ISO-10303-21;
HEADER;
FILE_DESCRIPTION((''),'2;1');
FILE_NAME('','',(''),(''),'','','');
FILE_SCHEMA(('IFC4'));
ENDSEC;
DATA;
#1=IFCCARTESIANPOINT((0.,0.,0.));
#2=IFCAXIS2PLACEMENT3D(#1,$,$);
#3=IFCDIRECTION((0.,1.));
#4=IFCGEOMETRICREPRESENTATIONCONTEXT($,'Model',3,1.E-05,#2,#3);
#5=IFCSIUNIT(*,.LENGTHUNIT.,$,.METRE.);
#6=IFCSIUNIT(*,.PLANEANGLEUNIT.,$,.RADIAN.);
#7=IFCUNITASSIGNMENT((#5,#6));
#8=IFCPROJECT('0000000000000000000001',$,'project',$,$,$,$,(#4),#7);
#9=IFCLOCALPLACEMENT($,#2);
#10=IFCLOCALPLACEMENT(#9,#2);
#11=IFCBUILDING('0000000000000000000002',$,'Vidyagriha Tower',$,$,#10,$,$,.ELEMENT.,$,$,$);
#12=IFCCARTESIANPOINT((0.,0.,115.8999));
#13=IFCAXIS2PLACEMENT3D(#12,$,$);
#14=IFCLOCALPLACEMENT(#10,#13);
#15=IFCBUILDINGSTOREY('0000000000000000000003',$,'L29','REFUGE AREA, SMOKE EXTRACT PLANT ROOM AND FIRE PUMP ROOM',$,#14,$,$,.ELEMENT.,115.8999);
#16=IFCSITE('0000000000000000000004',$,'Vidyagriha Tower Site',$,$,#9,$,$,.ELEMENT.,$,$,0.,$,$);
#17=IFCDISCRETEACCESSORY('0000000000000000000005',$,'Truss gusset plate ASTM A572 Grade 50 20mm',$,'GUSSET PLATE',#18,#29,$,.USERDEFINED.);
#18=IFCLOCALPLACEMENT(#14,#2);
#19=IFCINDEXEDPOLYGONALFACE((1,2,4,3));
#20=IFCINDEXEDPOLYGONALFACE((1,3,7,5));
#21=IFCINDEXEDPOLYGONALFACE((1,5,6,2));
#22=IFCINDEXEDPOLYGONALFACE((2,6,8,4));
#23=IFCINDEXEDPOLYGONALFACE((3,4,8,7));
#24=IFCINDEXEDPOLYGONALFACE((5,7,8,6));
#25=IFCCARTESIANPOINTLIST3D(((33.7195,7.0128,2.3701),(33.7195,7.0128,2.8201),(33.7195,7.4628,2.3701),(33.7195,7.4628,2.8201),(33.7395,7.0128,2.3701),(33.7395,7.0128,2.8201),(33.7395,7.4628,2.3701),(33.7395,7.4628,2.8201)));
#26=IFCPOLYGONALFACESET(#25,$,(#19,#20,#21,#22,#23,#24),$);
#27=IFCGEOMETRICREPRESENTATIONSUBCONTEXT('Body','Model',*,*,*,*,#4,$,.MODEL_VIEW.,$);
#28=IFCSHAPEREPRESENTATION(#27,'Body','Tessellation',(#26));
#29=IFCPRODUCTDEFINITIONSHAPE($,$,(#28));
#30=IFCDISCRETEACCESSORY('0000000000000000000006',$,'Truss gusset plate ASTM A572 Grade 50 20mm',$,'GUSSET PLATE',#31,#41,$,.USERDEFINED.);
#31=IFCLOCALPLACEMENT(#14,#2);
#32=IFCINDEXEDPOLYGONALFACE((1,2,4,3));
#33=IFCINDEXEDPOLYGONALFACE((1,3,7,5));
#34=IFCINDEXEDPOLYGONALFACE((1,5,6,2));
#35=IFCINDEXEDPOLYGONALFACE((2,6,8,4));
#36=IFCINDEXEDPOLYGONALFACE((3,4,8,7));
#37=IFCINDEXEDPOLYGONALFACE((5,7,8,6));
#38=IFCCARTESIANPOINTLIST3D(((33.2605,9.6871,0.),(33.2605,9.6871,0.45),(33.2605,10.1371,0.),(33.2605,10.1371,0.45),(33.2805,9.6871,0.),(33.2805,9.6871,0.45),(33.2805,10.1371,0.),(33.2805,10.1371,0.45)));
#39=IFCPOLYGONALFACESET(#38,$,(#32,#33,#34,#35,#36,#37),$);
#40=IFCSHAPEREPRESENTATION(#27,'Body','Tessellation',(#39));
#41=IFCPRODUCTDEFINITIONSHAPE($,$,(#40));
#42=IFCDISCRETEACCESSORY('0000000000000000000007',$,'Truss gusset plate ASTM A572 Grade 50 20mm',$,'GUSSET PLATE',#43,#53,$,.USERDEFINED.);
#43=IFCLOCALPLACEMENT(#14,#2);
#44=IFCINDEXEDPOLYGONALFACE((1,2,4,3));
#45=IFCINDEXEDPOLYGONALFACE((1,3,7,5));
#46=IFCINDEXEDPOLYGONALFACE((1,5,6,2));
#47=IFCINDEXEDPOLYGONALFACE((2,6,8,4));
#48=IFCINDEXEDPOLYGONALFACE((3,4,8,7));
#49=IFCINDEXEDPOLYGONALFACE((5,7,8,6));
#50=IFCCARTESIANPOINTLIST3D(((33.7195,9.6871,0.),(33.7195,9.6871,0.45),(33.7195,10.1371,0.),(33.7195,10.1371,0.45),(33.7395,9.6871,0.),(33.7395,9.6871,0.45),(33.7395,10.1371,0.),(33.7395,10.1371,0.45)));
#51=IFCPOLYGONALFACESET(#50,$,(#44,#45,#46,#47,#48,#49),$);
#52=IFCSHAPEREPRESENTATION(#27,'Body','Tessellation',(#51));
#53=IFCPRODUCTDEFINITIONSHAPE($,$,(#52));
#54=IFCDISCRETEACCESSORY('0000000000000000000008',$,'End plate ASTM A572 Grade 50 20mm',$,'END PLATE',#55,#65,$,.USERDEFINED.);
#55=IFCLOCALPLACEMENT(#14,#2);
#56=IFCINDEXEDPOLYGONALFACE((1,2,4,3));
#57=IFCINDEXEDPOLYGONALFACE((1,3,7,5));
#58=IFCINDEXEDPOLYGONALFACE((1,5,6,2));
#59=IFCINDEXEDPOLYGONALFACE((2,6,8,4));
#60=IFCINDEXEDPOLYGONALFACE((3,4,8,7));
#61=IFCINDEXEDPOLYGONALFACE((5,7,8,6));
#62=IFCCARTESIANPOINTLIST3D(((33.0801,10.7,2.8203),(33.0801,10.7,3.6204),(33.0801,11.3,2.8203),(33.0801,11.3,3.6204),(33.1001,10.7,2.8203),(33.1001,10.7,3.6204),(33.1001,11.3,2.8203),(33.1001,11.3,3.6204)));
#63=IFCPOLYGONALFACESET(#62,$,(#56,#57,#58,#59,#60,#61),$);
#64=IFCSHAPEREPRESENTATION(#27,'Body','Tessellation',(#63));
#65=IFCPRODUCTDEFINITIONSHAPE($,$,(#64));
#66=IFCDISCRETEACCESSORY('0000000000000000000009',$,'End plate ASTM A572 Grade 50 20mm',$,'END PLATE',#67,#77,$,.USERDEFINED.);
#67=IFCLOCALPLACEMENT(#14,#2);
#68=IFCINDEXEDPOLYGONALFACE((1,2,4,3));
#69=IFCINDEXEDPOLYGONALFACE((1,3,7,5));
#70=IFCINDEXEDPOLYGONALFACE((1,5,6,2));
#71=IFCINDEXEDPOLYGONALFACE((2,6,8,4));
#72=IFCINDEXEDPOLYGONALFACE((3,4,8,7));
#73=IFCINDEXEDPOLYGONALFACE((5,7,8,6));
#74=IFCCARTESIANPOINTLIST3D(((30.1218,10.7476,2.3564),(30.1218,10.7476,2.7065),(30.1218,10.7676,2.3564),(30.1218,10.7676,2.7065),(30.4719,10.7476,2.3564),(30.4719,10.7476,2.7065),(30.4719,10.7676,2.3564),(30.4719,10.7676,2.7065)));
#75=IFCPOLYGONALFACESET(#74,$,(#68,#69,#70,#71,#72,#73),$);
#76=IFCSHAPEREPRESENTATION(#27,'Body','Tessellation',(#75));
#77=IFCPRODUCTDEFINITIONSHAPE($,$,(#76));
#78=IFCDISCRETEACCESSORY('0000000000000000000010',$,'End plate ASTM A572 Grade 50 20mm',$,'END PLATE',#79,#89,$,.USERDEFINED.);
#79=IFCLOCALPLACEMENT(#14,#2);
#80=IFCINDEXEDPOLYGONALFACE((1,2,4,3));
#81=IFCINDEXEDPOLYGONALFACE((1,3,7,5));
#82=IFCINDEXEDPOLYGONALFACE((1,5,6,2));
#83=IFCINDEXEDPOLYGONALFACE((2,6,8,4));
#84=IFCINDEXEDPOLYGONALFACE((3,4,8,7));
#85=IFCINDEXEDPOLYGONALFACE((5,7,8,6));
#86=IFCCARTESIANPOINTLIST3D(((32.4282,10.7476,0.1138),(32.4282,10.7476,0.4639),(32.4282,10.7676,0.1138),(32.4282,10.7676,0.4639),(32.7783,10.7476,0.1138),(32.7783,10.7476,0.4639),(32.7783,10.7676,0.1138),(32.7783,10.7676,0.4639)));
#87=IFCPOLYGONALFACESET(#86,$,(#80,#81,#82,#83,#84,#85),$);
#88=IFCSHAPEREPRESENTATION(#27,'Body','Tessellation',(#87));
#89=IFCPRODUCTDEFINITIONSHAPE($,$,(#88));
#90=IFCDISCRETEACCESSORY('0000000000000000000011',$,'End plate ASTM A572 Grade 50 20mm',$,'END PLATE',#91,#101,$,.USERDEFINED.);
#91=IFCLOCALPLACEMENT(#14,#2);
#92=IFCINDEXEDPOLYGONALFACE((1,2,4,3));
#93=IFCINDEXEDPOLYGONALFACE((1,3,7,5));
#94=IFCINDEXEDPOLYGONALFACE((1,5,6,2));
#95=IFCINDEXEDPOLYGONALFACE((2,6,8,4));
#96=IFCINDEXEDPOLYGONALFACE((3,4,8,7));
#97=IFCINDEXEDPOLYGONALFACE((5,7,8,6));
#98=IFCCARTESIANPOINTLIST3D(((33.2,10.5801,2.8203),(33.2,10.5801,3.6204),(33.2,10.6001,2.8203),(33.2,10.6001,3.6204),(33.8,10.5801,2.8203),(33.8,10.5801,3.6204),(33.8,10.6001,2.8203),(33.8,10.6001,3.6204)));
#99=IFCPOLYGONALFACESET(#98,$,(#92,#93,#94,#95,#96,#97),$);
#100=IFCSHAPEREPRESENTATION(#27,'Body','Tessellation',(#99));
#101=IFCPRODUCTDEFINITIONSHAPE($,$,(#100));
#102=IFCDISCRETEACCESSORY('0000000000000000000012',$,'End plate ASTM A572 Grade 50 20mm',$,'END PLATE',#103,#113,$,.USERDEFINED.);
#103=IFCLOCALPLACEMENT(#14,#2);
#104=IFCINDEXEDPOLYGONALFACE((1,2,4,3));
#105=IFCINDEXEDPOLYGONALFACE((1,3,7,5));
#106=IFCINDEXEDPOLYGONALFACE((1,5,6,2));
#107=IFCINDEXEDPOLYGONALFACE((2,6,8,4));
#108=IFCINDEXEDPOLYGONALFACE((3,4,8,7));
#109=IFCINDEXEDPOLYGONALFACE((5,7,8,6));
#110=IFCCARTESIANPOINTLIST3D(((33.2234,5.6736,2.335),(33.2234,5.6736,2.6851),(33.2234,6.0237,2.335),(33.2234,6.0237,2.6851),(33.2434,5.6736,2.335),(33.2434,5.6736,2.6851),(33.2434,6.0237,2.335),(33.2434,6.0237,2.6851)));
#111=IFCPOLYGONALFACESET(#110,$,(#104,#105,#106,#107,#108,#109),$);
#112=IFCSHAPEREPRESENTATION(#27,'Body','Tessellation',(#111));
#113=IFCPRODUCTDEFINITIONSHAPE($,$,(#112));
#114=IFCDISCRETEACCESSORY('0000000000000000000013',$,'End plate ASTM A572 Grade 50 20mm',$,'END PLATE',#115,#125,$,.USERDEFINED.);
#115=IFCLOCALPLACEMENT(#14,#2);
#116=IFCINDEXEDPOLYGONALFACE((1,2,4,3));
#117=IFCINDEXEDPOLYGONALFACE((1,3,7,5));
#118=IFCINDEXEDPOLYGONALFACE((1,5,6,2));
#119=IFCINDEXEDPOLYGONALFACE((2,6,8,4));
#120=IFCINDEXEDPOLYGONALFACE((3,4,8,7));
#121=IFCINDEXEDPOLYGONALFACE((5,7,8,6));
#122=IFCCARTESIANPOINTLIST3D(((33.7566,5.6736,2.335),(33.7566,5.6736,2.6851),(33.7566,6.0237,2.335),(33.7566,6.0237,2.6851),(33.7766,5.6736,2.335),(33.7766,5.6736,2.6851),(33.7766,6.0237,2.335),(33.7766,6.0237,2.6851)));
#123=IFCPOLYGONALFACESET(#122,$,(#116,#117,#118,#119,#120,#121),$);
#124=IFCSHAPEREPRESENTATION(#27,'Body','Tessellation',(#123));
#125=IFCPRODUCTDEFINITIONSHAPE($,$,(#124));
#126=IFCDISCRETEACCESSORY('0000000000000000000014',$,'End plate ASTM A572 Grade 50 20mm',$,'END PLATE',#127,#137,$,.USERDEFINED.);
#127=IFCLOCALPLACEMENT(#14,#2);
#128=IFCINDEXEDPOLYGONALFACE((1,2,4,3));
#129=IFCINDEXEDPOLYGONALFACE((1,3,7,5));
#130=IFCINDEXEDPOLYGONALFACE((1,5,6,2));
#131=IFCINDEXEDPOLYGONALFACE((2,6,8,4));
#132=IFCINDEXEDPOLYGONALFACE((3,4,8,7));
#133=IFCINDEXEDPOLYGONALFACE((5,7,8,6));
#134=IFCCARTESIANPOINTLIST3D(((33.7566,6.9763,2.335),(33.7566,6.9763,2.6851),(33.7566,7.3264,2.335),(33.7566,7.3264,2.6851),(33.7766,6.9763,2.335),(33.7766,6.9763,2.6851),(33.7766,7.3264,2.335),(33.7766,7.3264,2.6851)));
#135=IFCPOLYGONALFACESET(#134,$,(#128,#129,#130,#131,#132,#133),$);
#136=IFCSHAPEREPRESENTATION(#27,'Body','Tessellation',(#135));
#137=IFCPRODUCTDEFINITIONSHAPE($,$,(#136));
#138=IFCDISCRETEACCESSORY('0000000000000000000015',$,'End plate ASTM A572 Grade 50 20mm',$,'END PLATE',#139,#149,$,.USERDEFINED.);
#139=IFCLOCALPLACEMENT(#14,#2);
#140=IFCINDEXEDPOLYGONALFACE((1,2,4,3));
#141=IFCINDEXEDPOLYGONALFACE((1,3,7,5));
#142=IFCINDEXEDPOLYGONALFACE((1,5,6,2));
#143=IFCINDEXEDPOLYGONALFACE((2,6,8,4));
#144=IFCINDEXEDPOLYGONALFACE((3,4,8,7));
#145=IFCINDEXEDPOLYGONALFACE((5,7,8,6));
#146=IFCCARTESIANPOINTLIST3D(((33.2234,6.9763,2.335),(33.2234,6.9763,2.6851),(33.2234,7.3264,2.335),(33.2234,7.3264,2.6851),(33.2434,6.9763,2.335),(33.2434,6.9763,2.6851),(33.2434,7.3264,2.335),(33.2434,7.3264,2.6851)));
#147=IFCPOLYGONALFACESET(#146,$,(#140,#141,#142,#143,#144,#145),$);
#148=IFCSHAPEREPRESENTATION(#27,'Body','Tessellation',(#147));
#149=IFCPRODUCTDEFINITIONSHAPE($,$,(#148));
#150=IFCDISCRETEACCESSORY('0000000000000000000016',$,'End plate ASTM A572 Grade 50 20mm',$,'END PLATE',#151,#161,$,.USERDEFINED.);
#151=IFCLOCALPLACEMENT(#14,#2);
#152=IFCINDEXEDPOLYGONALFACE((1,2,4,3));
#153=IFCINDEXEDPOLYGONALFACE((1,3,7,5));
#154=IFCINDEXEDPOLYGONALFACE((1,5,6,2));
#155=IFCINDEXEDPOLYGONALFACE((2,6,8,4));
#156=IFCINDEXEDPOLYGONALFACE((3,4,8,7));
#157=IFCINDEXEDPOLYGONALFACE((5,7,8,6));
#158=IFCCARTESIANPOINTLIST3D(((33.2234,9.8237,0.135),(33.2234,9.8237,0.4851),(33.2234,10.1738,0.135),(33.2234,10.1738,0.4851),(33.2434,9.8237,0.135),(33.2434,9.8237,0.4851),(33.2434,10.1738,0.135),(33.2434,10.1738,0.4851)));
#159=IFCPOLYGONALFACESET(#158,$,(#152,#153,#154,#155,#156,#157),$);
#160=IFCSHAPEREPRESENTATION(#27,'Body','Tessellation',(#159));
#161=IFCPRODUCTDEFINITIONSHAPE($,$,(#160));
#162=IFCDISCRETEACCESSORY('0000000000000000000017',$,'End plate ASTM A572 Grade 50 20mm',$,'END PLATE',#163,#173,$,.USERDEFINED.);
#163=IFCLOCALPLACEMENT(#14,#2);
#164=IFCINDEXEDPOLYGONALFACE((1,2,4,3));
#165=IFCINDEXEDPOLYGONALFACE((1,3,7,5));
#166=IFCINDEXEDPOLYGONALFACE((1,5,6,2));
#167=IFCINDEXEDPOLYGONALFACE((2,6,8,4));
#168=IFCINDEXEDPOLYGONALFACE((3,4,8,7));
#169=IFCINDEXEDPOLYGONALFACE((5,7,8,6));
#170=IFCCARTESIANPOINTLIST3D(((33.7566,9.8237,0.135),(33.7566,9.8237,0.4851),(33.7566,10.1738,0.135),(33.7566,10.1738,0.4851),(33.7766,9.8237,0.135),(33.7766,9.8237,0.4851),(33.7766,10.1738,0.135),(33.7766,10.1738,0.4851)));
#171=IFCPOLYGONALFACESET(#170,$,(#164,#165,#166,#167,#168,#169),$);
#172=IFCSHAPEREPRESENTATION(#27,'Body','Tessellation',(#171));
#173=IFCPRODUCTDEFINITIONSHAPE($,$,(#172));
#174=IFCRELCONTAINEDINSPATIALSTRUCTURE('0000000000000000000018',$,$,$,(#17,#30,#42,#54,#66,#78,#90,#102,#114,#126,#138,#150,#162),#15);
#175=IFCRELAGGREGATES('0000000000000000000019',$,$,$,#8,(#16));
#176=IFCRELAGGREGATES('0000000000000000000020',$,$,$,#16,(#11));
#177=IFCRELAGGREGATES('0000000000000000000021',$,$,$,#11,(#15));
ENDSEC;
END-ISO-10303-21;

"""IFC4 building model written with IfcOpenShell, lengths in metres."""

from ifc_helpers import new_model, si_unit, direction, frame, origin, origin_2d, place, context, subcontext, project, spatial, rectangle, extrude, element, save


model = new_model("IFC4")

# Units and contexts
model_context = context("Model", 3, precision=1e-05, world=origin(), true_north=direction((0.0, 1.0)))
body_context = subcontext(model_context, "Body", "Model", "MODEL_VIEW")
ifc_project = project(units=[si_unit("LENGTHUNIT", "METRE"), si_unit("PLANEANGLEUNIT", "RADIAN")], contexts=[model_context])

# Site, building, storey
site_placement = place(None, origin())
site = spatial("IfcSite", under=ifc_project, at=site_placement, Name="Vidyagriha Tower Site", CompositionType="ELEMENT", RefElevation=0.0)
building_placement = place(site_placement, origin())
building = spatial("IfcBuilding", under=site, at=building_placement, Name="Vidyagriha Tower", CompositionType="ELEMENT")
storey_placement = place(building_placement, frame((0.0, 0.0, 115.8999)))
storey = spatial("IfcBuildingStorey", under=building, at=storey_placement, Name="L29", Description="REFUGE AREA, SMOKE EXTRACT PLANT ROOM AND FIRE PUMP ROOM", CompositionType="ELEMENT", Elevation=115.8999)

# Discrete accessories
for number, where, z_axis, x_axis, name in (
    (1, (33.7295, 7.2378, 2.3701), (0.0, 0.0, 1.0), (0.0, 1.0, 0.0), "Truss gusset plate ASTM A572 Grade 50 20mm"),
    (2, (33.2705, 9.9121, 0.0), (0.0, 0.0, 1.0), (0.0, 1.0, 0.0), "Truss gusset plate ASTM A572 Grade 50 20mm"),
    (3, (33.7295, 9.9121, 0.0), (0.0, 0.0, 1.0), (0.0, 1.0, 0.0), "Truss gusset plate ASTM A572 Grade 50 20mm"),
):
    element("IfcDiscreteAccessory", number, at=place(storey_placement, frame(where, z_axis=z_axis, x_axis=x_axis)), inside=storey, Name=name, ObjectType="GUSSET PLATE", PredefinedType="USERDEFINED", context=body_context, shape_type="SweptSolid", body=[
        extrude(rectangle(XDim=0.45, YDim=0.02, at=origin_2d()), origin(), (0.0, 0.0, 1.0), 0.45),
    ])
discrete_accessory_1_placement = place(storey_placement, frame((33.0901, 11.0, 2.8203)))
element("IfcDiscreteAccessory", 4, at=discrete_accessory_1_placement, inside=storey, Name="End plate ASTM A572 Grade 50 20mm", ObjectType="END PLATE", PredefinedType="USERDEFINED", context=body_context, shape_type="SweptSolid", body=[
    extrude(rectangle(XDim=0.02, YDim=0.6001, at=origin_2d()), origin(), (0.0, 0.0, 1.0), 0.8),
])
discrete_accessory_2_placement = place(storey_placement, frame((30.2969, 10.7576, 2.3564), z_axis=(0.0, 0.0, 1.0), x_axis=(-1.0, 0.0, 0.0)))
element("IfcDiscreteAccessory", 5, at=discrete_accessory_2_placement, inside=storey, Name="End plate ASTM A572 Grade 50 20mm", ObjectType="END PLATE", PredefinedType="USERDEFINED", context=body_context, shape_type="SweptSolid", body=[
    extrude(rectangle(XDim=0.3501, YDim=0.02, at=origin_2d()), origin(), (0.0, 0.0, 1.0), 0.3501),
])
discrete_accessory_3_placement = place(storey_placement, frame((32.6033, 10.7576, 0.1138)))
element("IfcDiscreteAccessory", 6, at=discrete_accessory_3_placement, inside=storey, Name="End plate ASTM A572 Grade 50 20mm", ObjectType="END PLATE", PredefinedType="USERDEFINED", context=body_context, shape_type="SweptSolid", body=[
    extrude(rectangle(XDim=0.3501, YDim=0.02, at=origin_2d()), origin(), (0.0, 0.0, 1.0), 0.3501),
])
discrete_accessory_4_placement = place(storey_placement, frame((33.5, 10.5901, 2.8203), z_axis=(0.0, 0.0, 1.0), x_axis=(0.0, 1.0, 0.0)))
element("IfcDiscreteAccessory", 7, at=discrete_accessory_4_placement, inside=storey, Name="End plate ASTM A572 Grade 50 20mm", ObjectType="END PLATE", PredefinedType="USERDEFINED", context=body_context, shape_type="SweptSolid", body=[
    extrude(rectangle(XDim=0.02, YDim=0.6001, at=origin_2d()), origin(), (0.0, 0.0, 1.0), 0.8),
])
for number, where, z_axis, x_axis, name in (
    (8, (33.2334, 5.8486, 2.335), (0.0, 0.0, 1.0), (0.0, 1.0, 0.0), "End plate ASTM A572 Grade 50 20mm"),
    (9, (33.7666, 5.8486, 2.335), (0.0, 0.0, 1.0), (0.0, 1.0, 0.0), "End plate ASTM A572 Grade 50 20mm"),
    (10, (33.7666, 7.1514, 2.335), (0.0, 0.0, 1.0), (0.0, -1.0, 0.0), "End plate ASTM A572 Grade 50 20mm"),
    (11, (33.2334, 7.1514, 2.335), (0.0, 0.0, 1.0), (0.0, -1.0, 0.0), "End plate ASTM A572 Grade 50 20mm"),
    (12, (33.2334, 9.9988, 0.135), (0.0, 0.0, 1.0), (0.0, 1.0, 0.0), "End plate ASTM A572 Grade 50 20mm"),
    (13, (33.7666, 9.9988, 0.135), (0.0, 0.0, 1.0), (0.0, 1.0, 0.0), "End plate ASTM A572 Grade 50 20mm"),
):
    element("IfcDiscreteAccessory", number, at=place(storey_placement, frame(where, z_axis=z_axis, x_axis=x_axis)), inside=storey, Name=name, ObjectType="END PLATE", PredefinedType="USERDEFINED", context=body_context, shape_type="SweptSolid", body=[
        extrude(rectangle(XDim=0.3501, YDim=0.02, at=origin_2d()), origin(), (0.0, 0.0, 1.0), 0.3501),
    ])

save(model, "model.ifc")
